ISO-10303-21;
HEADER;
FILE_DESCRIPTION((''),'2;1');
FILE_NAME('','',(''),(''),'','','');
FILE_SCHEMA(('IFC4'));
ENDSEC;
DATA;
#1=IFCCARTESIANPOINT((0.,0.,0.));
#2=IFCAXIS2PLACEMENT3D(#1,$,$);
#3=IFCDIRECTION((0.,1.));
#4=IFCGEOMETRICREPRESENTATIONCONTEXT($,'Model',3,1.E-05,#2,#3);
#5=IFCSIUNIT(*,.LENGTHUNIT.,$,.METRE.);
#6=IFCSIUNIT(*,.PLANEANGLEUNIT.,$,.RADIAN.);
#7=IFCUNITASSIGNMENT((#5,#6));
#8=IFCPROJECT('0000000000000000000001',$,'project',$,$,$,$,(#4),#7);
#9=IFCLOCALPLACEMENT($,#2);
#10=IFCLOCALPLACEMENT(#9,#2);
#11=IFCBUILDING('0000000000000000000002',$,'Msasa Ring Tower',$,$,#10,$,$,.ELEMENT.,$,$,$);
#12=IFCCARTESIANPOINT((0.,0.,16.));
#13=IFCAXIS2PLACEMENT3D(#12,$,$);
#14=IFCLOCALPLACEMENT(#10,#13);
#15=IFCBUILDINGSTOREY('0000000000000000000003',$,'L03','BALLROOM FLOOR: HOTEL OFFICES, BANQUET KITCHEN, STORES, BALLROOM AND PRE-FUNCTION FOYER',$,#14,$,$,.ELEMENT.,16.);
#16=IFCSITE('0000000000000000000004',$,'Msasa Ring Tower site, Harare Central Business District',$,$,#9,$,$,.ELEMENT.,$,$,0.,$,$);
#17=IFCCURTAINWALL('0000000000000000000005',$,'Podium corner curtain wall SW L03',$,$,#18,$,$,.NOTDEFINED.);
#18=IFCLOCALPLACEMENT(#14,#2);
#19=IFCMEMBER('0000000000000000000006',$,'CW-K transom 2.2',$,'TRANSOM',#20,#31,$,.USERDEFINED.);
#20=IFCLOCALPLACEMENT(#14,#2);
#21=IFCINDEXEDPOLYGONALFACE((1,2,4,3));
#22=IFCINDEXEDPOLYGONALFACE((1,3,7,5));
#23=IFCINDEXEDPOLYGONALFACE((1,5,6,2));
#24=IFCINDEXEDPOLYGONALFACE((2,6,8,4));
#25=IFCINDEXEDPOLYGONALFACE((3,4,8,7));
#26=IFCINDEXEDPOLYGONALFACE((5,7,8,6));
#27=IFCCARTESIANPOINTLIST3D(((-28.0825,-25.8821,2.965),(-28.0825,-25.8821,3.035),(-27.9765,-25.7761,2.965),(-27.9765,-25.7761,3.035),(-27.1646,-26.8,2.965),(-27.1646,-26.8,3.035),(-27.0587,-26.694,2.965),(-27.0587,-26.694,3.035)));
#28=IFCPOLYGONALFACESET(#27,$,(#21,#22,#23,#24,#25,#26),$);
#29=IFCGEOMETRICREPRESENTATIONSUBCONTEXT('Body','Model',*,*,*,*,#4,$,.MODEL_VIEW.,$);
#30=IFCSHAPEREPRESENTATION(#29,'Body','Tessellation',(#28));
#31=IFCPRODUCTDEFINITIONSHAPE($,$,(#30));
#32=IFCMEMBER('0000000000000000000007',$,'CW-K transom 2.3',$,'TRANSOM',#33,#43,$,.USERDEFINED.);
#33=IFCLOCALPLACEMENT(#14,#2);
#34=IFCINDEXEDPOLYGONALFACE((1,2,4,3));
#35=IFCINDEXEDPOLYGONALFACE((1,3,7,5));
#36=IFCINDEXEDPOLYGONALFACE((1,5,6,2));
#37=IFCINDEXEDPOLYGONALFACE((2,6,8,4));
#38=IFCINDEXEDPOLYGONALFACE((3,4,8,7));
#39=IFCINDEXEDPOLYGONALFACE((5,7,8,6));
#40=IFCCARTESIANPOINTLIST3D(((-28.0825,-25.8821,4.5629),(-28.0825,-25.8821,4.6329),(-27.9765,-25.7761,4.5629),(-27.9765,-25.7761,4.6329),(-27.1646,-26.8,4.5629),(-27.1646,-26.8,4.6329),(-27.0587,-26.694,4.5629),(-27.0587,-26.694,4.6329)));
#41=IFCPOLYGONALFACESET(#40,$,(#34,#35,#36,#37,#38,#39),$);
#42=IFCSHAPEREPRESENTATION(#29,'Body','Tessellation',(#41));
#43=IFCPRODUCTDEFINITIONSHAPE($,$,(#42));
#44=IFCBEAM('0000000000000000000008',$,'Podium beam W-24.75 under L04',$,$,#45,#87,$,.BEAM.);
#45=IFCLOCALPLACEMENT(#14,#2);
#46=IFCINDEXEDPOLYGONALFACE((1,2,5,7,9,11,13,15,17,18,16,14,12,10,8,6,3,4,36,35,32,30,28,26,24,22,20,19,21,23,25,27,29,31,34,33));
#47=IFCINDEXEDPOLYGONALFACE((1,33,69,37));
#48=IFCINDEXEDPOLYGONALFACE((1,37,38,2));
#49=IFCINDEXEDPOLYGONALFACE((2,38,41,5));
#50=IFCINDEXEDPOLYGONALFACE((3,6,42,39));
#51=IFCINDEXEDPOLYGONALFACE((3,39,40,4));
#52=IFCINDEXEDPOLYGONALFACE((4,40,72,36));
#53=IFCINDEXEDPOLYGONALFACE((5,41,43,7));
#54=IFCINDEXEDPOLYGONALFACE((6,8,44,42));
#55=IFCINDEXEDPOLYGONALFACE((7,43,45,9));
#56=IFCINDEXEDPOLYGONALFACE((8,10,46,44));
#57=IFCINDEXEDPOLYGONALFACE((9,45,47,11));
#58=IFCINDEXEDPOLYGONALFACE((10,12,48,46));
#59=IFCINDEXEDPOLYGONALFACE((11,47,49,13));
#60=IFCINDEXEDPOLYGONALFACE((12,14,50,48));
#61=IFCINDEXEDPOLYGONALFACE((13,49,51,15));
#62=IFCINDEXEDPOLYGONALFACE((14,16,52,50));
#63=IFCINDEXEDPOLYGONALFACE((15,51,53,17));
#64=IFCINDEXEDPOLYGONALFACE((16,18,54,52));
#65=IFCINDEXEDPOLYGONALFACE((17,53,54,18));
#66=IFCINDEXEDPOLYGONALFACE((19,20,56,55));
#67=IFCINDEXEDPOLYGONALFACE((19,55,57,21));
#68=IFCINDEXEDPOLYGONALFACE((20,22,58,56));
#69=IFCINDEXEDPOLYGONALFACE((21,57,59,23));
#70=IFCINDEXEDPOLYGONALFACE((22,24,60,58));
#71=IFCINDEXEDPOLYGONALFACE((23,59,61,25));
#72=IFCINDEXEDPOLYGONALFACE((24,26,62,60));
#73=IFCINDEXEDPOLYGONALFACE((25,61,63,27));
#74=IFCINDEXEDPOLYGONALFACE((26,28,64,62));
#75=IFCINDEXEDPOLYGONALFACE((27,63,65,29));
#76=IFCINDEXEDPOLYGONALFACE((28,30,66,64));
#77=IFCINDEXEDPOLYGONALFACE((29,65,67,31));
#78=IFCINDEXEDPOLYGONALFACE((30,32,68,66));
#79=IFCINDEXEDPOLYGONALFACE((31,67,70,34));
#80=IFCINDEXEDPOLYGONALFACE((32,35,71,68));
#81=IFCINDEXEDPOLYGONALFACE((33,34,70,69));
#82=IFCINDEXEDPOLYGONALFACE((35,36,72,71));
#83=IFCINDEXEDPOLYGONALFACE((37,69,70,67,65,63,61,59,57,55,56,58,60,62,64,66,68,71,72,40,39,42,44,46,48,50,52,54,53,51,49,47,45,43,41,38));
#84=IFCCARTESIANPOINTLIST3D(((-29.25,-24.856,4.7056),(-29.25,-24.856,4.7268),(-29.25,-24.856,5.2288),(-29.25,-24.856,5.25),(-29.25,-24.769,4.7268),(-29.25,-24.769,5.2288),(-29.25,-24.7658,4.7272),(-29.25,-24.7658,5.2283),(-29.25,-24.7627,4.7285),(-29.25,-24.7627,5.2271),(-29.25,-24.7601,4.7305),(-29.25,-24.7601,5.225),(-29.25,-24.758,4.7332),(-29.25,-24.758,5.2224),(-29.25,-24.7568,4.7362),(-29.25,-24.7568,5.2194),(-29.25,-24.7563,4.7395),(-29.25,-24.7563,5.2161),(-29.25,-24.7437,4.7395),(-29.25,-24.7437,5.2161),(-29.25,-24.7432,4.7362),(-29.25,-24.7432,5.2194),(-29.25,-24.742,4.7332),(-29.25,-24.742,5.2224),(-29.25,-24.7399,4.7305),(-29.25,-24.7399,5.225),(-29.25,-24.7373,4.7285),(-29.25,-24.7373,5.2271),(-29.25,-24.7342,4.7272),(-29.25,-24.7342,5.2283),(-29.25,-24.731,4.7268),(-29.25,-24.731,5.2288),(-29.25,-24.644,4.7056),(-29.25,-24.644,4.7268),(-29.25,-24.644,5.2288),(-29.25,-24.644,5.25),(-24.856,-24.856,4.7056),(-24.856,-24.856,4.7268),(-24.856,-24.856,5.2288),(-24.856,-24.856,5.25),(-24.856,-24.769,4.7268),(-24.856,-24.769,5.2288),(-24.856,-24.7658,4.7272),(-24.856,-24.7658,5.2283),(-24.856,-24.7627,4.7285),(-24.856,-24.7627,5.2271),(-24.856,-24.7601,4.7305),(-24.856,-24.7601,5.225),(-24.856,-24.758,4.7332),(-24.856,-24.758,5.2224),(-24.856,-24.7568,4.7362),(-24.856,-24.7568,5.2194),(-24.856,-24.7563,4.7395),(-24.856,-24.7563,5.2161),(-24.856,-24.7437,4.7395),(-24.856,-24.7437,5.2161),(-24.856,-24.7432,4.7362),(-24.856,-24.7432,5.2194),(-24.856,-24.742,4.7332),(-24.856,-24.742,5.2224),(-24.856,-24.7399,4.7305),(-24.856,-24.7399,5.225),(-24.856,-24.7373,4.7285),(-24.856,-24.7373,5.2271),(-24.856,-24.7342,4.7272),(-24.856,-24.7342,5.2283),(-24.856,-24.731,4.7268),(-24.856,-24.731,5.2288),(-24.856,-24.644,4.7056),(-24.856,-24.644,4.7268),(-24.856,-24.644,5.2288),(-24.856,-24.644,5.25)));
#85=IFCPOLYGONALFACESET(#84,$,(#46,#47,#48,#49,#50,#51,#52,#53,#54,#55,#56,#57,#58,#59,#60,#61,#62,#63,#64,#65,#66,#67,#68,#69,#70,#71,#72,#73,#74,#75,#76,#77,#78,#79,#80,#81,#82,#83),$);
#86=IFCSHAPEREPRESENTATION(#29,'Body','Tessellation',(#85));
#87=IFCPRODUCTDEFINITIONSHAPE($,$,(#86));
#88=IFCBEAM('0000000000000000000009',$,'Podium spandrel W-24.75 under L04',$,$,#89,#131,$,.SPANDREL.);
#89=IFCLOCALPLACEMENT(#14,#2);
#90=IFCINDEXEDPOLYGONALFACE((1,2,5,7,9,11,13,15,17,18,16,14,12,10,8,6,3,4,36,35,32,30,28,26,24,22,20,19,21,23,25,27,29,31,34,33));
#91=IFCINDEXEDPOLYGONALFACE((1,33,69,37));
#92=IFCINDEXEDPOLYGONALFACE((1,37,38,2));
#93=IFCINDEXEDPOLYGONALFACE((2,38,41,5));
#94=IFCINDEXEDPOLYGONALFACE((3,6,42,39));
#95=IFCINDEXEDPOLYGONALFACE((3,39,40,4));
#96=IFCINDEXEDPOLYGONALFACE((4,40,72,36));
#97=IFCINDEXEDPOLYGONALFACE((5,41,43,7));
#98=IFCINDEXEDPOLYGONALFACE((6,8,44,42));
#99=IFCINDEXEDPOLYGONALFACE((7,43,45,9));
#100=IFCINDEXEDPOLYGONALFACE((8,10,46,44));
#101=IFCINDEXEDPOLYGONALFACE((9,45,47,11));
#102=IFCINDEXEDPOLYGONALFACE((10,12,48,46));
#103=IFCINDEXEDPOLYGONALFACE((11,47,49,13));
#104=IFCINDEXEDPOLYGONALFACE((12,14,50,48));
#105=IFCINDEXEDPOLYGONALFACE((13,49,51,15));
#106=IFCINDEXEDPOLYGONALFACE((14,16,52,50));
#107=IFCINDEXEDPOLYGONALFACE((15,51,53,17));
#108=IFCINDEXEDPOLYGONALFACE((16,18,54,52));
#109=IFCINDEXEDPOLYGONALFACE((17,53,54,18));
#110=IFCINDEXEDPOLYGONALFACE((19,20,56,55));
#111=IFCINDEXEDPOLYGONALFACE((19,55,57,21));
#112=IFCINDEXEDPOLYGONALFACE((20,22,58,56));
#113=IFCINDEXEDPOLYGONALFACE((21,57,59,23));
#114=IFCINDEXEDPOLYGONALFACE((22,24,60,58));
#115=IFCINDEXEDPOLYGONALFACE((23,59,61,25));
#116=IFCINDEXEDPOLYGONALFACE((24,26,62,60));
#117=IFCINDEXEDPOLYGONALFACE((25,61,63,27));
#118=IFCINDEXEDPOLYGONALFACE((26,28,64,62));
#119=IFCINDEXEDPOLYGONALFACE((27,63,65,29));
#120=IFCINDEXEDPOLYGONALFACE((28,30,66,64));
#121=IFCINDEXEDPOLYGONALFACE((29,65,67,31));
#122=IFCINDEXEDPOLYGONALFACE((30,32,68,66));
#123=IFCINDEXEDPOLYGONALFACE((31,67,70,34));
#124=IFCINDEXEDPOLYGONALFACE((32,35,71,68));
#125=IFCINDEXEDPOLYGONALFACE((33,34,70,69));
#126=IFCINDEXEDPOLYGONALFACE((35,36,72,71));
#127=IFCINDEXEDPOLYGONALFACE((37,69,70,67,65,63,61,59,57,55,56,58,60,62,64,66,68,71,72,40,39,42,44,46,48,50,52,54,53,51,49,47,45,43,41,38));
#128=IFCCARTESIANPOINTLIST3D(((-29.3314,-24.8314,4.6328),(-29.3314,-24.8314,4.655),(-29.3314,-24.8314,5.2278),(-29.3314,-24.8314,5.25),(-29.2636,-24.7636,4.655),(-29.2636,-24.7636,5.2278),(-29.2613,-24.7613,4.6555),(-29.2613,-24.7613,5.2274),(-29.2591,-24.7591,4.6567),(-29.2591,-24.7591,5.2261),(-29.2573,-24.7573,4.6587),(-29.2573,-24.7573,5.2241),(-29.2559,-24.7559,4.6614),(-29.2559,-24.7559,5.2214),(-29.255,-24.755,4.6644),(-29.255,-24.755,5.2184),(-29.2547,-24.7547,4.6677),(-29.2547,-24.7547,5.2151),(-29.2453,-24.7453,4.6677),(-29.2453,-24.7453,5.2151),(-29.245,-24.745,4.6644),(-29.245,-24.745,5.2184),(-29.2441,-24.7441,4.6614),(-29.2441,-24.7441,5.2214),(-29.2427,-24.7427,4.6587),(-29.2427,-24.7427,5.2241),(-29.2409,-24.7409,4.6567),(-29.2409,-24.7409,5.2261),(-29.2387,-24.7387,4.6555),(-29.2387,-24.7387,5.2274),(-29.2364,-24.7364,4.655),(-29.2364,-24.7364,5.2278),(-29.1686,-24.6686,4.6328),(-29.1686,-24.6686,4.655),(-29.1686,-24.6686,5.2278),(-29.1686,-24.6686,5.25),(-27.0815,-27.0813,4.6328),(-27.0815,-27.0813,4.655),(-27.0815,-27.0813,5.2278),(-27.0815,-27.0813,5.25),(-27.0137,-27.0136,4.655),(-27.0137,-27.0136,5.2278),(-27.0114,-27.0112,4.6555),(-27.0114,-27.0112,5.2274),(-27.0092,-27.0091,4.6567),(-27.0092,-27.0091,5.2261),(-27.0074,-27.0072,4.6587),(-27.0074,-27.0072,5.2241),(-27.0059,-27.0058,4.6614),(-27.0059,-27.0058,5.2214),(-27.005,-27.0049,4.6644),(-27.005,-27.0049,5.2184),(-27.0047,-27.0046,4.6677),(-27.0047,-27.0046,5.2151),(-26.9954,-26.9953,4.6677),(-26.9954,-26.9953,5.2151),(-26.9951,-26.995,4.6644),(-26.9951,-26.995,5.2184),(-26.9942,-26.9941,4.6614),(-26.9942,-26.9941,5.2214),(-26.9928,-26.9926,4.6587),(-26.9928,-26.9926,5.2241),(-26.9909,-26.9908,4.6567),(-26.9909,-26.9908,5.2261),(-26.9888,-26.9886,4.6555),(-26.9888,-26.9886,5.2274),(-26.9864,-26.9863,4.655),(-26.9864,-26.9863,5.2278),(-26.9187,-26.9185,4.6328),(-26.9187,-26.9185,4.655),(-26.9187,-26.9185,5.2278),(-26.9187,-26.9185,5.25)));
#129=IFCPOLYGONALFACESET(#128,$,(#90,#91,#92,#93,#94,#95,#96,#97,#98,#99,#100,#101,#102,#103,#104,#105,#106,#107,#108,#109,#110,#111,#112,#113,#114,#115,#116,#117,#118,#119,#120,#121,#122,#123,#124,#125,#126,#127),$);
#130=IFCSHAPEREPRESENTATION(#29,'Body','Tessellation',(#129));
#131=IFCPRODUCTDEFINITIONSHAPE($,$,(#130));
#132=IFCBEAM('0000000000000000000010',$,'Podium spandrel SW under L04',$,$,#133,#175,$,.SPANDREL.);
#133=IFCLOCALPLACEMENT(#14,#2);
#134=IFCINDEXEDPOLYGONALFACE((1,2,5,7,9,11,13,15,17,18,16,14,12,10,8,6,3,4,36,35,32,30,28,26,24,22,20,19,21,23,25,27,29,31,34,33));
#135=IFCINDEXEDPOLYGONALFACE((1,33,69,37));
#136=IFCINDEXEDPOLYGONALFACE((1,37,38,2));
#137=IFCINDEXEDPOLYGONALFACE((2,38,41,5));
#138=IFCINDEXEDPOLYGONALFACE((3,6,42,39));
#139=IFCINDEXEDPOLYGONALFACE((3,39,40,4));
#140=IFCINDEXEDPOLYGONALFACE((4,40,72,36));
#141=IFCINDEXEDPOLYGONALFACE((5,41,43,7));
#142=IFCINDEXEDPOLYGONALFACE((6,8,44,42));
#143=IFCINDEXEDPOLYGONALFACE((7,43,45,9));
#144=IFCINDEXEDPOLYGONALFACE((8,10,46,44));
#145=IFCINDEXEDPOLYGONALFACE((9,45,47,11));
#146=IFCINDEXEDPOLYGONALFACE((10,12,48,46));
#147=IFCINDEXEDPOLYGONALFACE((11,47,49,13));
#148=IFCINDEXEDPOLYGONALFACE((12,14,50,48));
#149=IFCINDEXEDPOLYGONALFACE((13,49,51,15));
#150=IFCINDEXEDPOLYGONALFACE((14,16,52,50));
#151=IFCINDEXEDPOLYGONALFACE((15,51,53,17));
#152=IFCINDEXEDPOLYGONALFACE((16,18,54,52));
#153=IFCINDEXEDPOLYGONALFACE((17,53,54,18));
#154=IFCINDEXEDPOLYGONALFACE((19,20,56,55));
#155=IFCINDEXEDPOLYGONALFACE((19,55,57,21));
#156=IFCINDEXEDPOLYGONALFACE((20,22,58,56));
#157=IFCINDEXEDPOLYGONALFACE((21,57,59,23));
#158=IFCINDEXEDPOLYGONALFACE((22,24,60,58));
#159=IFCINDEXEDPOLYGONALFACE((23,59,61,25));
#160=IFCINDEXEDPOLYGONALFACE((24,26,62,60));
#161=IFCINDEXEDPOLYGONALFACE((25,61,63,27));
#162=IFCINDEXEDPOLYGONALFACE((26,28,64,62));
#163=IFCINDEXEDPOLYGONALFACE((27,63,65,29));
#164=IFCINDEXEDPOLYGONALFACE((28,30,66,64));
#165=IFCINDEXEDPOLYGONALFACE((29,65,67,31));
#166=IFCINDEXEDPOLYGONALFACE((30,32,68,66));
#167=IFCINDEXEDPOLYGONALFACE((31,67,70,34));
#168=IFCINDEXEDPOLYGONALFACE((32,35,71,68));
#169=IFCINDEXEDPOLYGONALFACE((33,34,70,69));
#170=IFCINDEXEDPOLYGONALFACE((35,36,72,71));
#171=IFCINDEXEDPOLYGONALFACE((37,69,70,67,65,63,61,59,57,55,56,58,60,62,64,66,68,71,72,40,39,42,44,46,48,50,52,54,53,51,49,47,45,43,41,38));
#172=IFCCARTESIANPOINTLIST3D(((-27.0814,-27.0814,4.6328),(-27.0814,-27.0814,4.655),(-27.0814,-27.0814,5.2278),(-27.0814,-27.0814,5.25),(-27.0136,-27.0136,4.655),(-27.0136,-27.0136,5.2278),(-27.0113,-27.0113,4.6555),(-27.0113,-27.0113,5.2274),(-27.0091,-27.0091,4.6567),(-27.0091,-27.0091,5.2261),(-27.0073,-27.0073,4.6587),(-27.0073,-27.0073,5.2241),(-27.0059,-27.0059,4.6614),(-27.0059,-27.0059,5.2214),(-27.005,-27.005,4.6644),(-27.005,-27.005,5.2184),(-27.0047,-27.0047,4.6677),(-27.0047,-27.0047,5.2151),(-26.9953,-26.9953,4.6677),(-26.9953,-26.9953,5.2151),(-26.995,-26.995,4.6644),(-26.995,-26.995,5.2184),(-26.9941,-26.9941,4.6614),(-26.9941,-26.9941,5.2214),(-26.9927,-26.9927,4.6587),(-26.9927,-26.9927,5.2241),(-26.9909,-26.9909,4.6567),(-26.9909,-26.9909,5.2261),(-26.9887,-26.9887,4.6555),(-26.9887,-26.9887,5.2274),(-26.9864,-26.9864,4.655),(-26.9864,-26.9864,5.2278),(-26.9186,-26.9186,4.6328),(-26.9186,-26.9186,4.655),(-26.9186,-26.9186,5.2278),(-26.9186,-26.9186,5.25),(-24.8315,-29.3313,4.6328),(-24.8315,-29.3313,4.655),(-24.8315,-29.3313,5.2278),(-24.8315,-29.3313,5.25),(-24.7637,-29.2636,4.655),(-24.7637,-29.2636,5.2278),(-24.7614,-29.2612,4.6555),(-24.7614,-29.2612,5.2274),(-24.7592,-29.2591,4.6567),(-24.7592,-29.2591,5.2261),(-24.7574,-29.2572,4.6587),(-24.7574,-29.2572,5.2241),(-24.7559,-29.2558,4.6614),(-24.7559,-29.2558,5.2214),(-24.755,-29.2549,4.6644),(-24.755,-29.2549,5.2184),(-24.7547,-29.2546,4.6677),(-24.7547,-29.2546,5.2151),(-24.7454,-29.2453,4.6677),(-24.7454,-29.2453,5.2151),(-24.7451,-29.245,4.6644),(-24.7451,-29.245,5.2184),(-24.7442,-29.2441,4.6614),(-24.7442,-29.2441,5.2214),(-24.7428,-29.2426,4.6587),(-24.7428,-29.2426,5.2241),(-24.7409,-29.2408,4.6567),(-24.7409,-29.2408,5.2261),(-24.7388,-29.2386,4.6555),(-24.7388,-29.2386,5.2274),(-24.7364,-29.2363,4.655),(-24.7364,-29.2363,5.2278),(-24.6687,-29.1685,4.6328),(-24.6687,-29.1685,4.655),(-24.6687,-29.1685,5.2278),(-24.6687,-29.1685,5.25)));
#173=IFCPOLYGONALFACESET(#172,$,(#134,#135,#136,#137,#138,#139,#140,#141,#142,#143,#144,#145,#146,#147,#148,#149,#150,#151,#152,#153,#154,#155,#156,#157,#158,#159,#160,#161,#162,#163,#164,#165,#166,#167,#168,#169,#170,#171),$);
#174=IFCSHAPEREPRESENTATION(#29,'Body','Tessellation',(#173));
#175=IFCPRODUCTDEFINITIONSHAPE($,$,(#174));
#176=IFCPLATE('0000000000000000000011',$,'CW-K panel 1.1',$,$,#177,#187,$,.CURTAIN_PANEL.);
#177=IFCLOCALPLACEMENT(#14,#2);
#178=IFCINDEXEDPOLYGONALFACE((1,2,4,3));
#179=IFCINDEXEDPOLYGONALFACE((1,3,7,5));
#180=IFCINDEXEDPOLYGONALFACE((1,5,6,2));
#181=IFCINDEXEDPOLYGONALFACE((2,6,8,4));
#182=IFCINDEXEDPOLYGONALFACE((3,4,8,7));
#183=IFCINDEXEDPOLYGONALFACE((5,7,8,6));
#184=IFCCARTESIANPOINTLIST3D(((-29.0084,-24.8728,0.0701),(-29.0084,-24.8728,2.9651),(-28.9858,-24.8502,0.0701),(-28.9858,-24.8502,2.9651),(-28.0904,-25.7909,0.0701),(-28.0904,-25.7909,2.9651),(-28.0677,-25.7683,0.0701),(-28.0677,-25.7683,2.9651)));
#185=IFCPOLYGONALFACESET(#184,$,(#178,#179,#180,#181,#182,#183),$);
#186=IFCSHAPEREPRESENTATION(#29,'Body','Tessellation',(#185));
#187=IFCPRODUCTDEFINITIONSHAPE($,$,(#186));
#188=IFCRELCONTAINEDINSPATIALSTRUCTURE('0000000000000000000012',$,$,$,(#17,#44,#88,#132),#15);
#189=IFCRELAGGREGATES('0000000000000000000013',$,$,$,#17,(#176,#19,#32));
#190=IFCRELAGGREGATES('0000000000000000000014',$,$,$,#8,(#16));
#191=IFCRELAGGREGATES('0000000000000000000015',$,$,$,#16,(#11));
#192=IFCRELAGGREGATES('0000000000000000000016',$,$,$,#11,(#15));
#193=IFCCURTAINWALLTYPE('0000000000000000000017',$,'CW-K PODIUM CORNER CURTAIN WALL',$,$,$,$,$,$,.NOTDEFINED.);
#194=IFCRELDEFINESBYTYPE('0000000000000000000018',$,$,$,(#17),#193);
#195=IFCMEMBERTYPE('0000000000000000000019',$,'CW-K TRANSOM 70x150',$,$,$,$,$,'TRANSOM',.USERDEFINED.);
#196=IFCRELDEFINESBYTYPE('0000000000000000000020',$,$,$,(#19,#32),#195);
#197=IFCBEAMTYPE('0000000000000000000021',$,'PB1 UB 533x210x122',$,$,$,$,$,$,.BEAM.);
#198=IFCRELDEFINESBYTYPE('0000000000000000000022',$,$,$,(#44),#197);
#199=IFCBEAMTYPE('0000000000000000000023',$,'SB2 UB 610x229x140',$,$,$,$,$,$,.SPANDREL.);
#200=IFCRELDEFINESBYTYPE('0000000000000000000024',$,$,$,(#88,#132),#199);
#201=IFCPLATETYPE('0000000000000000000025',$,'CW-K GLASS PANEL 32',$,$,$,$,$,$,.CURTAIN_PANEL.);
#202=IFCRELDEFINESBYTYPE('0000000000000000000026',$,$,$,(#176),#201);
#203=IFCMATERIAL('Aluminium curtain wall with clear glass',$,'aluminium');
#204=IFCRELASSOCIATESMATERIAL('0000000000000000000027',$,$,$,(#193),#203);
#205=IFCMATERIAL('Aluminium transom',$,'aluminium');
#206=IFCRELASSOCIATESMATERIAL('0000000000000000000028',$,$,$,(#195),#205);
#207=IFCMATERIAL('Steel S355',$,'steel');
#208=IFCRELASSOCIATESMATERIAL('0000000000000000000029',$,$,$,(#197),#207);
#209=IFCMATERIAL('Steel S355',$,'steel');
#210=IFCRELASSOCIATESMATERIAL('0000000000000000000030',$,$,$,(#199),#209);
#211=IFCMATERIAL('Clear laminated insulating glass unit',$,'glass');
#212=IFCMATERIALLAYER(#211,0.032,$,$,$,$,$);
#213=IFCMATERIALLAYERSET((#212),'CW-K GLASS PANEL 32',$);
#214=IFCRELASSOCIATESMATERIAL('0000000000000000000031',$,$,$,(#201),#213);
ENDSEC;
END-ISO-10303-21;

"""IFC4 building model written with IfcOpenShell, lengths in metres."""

from ifc_helpers import new_model, si_unit, direction, frame, origin, origin_2d, place, context, subcontext, project, spatial, rectangle, i_section, extrude, material, layer, layer_set, material_profile, profile_set, type_object, element, aggregate, save


model = new_model("IFC4")

# Units and contexts
model_context = context("Model", 3, precision=1e-05, world=origin(), true_north=direction((0.0, 1.0)))
body_context = subcontext(model_context, "Body", "Model", "MODEL_VIEW")
ifc_project = project(units=[si_unit("LENGTHUNIT", "METRE"), si_unit("PLANEANGLEUNIT", "RADIAN")], contexts=[model_context])

# Site, building, storey
site_placement = place(None, origin())
site = spatial("IfcSite", under=ifc_project, at=site_placement, Name="Msasa Ring Tower site, Harare Central Business District", CompositionType="ELEMENT", RefElevation=0.0)
building_placement = place(site_placement, origin())
building = spatial("IfcBuilding", under=site, at=building_placement, Name="Msasa Ring Tower", CompositionType="ELEMENT")
storey_placement = place(building_placement, frame((0.0, 0.0, 16.0)))
storey = spatial("IfcBuildingStorey", under=building, at=storey_placement, Name="L03", Description="BALLROOM FLOOR: HOTEL OFFICES, BANQUET KITCHEN, STORES, BALLROOM AND PRE-FUNCTION FOYER", CompositionType="ELEMENT", Elevation=16.0)

# Curtain wall, members
ifc_material_1 = material(Name="Aluminium curtain wall with clear glass", Category="aluminium")
curtain_wall_type = type_object("IfcCurtainWallType", Name="CW-K PODIUM CORNER CURTAIN WALL", PredefinedType="NOTDEFINED", material=ifc_material_1)
curtain_wall_placement = place(storey_placement, origin())
curtain_wall = element("IfcCurtainWall", 1, at=curtain_wall_placement, inside=storey, type_object=curtain_wall_type, Name="Podium corner curtain wall SW L03", PredefinedType="NOTDEFINED")
ifc_material_2 = material(Name="Aluminium transom", Category="aluminium")
ifc_material_profile_1 = material_profile(ifc_material_2, rectangle(XDim=0.1499, YDim=0.0701, at=origin_2d()), Name="AL 70x150")
ifc_profile_set_1 = profile_set([ifc_material_profile_1], Name="Aluminium transom")
member_type_1 = type_object("IfcMemberType", Name="CW-K TRANSOM 70x150", ElementType="TRANSOM", PredefinedType="USERDEFINED", material=ifc_profile_set_1)
member_1_placement = place(storey_placement, frame((-28.0295, -25.8291, 3.0), z_axis=(0.707107, -0.707107, 0.0), x_axis=(0.707107, 0.707107, 0.0)))
member_1 = element("IfcMember", 2, at=member_1_placement, type_object=member_type_1, Name="CW-K transom 2.2", ObjectType="TRANSOM", PredefinedType="USERDEFINED", context=body_context, shape_type="SweptSolid", body=[
    extrude(rectangle(XDim=0.1499, YDim=0.0701, at=origin_2d()), origin(), (0.0, 0.0, 1.0), 1.2981),
])
member_2_placement = place(storey_placement, frame((-28.0295, -25.8291, 4.5979), z_axis=(0.707107, -0.707107, 0.0), x_axis=(0.707107, 0.707107, 0.0)))
member_2 = element("IfcMember", 3, at=member_2_placement, type_object=member_type_1, Name="CW-K transom 2.3", ObjectType="TRANSOM", PredefinedType="USERDEFINED", context=body_context, shape_type="SweptSolid", body=[
    extrude(rectangle(XDim=0.1499, YDim=0.0701, at=origin_2d()), origin(), (0.0, 0.0, 1.0), 1.2981),
])

# Beams
ifc_material_3 = material(Name="Steel S355", Category="steel")
ifc_material_profile_2 = material_profile(ifc_material_3, i_section(OverallWidth=0.2119, OverallDepth=0.5444, WebThickness=0.0127, FlangeThickness=0.0212, FilletRadius=0.0127, at=origin_2d()), Name="UB 533x210x122")
ifc_profile_set_2 = profile_set([ifc_material_profile_2], Name="Steel S355")
beam_type_1 = type_object("IfcBeamType", Name="PB1 UB 533x210x122", PredefinedType="BEAM", material=ifc_profile_set_2)
beam_placement = place(storey_placement, frame((-29.25, -24.75, 4.9778), z_axis=(1.0, 0.0, 0.0), x_axis=(0.0, 1.0, 0.0)))
element("IfcBeam", 4, at=beam_placement, inside=storey, type_object=beam_type_1, Name="Podium beam W-24.75 under L04", PredefinedType="BEAM", context=body_context, shape_type="SweptSolid", body=[
    extrude(i_section(OverallWidth=0.2119, OverallDepth=0.5444, WebThickness=0.0127, FlangeThickness=0.0212, FilletRadius=0.0127, at=origin_2d()), origin(), (0.0, 0.0, 1.0), 4.394),
])
ifc_material_4 = material(Name="Steel S355", Category="steel")
ifc_material_profile_3 = material_profile(ifc_material_4, i_section(OverallWidth=0.2302, OverallDepth=0.6172, WebThickness=0.0132, FlangeThickness=0.0222, FilletRadius=0.0127, at=origin_2d()), Name="UB 610x229x140")
ifc_profile_set_3 = profile_set([ifc_material_profile_3], Name="Steel S355")
beam_type_2 = type_object("IfcBeamType", Name="SB2 UB 610x229x140", PredefinedType="SPANDREL", material=ifc_profile_set_3)
for number, where, z_axis, x_axis, name in (
    (5, (-29.25, -24.75, 4.9414), (0.707107, -0.707107, 0.0), (0.707107, 0.707107, 0.0), "Podium spandrel W-24.75 under L04"),
    (6, (-27.0, -27.0, 4.9414), (0.707107, -0.707107, 0.0), (0.707107, 0.707107, 0.0), "Podium spandrel SW under L04"),
):
    element("IfcBeam", number, at=place(storey_placement, frame(where, z_axis=z_axis, x_axis=x_axis)), inside=storey, type_object=beam_type_2, Name=name, PredefinedType="SPANDREL", context=body_context, shape_type="SweptSolid", body=[
        extrude(i_section(OverallWidth=0.2302, OverallDepth=0.6172, WebThickness=0.0132, FlangeThickness=0.0222, FilletRadius=0.0127, at=origin_2d()), origin(), (0.0, 0.0, 1.0), 3.1819),
    ])

# Plate
ifc_material_5 = material(Name="Clear laminated insulating glass unit", Category="glass")
ifc_layer_1 = layer(ifc_material_5, 0.032)
ifc_layer_set_1 = layer_set([ifc_layer_1], Name="CW-K GLASS PANEL 32")
plate_type = type_object("IfcPlateType", Name="CW-K GLASS PANEL 32", PredefinedType="CURTAIN_PANEL", material=ifc_layer_set_1)
plate_1_placement = place(storey_placement, frame((-28.5381, -25.3206, 0.0701), z_axis=(0.0, 0.0, 1.0), x_axis=(0.707107, -0.707107, 0.0)))
plate_1 = element("IfcPlate", 7, at=plate_1_placement, type_object=plate_type, Name="CW-K panel 1.1", PredefinedType="CURTAIN_PANEL", context=body_context, shape_type="SweptSolid", body=[
    extrude(rectangle(XDim=1.2983, YDim=0.032, at=origin_2d()), origin(), (0.0, 0.0, 1.0), 2.895),
])
aggregate(curtain_wall, [plate_1, member_1, member_2])

save(model, "model.ifc")
